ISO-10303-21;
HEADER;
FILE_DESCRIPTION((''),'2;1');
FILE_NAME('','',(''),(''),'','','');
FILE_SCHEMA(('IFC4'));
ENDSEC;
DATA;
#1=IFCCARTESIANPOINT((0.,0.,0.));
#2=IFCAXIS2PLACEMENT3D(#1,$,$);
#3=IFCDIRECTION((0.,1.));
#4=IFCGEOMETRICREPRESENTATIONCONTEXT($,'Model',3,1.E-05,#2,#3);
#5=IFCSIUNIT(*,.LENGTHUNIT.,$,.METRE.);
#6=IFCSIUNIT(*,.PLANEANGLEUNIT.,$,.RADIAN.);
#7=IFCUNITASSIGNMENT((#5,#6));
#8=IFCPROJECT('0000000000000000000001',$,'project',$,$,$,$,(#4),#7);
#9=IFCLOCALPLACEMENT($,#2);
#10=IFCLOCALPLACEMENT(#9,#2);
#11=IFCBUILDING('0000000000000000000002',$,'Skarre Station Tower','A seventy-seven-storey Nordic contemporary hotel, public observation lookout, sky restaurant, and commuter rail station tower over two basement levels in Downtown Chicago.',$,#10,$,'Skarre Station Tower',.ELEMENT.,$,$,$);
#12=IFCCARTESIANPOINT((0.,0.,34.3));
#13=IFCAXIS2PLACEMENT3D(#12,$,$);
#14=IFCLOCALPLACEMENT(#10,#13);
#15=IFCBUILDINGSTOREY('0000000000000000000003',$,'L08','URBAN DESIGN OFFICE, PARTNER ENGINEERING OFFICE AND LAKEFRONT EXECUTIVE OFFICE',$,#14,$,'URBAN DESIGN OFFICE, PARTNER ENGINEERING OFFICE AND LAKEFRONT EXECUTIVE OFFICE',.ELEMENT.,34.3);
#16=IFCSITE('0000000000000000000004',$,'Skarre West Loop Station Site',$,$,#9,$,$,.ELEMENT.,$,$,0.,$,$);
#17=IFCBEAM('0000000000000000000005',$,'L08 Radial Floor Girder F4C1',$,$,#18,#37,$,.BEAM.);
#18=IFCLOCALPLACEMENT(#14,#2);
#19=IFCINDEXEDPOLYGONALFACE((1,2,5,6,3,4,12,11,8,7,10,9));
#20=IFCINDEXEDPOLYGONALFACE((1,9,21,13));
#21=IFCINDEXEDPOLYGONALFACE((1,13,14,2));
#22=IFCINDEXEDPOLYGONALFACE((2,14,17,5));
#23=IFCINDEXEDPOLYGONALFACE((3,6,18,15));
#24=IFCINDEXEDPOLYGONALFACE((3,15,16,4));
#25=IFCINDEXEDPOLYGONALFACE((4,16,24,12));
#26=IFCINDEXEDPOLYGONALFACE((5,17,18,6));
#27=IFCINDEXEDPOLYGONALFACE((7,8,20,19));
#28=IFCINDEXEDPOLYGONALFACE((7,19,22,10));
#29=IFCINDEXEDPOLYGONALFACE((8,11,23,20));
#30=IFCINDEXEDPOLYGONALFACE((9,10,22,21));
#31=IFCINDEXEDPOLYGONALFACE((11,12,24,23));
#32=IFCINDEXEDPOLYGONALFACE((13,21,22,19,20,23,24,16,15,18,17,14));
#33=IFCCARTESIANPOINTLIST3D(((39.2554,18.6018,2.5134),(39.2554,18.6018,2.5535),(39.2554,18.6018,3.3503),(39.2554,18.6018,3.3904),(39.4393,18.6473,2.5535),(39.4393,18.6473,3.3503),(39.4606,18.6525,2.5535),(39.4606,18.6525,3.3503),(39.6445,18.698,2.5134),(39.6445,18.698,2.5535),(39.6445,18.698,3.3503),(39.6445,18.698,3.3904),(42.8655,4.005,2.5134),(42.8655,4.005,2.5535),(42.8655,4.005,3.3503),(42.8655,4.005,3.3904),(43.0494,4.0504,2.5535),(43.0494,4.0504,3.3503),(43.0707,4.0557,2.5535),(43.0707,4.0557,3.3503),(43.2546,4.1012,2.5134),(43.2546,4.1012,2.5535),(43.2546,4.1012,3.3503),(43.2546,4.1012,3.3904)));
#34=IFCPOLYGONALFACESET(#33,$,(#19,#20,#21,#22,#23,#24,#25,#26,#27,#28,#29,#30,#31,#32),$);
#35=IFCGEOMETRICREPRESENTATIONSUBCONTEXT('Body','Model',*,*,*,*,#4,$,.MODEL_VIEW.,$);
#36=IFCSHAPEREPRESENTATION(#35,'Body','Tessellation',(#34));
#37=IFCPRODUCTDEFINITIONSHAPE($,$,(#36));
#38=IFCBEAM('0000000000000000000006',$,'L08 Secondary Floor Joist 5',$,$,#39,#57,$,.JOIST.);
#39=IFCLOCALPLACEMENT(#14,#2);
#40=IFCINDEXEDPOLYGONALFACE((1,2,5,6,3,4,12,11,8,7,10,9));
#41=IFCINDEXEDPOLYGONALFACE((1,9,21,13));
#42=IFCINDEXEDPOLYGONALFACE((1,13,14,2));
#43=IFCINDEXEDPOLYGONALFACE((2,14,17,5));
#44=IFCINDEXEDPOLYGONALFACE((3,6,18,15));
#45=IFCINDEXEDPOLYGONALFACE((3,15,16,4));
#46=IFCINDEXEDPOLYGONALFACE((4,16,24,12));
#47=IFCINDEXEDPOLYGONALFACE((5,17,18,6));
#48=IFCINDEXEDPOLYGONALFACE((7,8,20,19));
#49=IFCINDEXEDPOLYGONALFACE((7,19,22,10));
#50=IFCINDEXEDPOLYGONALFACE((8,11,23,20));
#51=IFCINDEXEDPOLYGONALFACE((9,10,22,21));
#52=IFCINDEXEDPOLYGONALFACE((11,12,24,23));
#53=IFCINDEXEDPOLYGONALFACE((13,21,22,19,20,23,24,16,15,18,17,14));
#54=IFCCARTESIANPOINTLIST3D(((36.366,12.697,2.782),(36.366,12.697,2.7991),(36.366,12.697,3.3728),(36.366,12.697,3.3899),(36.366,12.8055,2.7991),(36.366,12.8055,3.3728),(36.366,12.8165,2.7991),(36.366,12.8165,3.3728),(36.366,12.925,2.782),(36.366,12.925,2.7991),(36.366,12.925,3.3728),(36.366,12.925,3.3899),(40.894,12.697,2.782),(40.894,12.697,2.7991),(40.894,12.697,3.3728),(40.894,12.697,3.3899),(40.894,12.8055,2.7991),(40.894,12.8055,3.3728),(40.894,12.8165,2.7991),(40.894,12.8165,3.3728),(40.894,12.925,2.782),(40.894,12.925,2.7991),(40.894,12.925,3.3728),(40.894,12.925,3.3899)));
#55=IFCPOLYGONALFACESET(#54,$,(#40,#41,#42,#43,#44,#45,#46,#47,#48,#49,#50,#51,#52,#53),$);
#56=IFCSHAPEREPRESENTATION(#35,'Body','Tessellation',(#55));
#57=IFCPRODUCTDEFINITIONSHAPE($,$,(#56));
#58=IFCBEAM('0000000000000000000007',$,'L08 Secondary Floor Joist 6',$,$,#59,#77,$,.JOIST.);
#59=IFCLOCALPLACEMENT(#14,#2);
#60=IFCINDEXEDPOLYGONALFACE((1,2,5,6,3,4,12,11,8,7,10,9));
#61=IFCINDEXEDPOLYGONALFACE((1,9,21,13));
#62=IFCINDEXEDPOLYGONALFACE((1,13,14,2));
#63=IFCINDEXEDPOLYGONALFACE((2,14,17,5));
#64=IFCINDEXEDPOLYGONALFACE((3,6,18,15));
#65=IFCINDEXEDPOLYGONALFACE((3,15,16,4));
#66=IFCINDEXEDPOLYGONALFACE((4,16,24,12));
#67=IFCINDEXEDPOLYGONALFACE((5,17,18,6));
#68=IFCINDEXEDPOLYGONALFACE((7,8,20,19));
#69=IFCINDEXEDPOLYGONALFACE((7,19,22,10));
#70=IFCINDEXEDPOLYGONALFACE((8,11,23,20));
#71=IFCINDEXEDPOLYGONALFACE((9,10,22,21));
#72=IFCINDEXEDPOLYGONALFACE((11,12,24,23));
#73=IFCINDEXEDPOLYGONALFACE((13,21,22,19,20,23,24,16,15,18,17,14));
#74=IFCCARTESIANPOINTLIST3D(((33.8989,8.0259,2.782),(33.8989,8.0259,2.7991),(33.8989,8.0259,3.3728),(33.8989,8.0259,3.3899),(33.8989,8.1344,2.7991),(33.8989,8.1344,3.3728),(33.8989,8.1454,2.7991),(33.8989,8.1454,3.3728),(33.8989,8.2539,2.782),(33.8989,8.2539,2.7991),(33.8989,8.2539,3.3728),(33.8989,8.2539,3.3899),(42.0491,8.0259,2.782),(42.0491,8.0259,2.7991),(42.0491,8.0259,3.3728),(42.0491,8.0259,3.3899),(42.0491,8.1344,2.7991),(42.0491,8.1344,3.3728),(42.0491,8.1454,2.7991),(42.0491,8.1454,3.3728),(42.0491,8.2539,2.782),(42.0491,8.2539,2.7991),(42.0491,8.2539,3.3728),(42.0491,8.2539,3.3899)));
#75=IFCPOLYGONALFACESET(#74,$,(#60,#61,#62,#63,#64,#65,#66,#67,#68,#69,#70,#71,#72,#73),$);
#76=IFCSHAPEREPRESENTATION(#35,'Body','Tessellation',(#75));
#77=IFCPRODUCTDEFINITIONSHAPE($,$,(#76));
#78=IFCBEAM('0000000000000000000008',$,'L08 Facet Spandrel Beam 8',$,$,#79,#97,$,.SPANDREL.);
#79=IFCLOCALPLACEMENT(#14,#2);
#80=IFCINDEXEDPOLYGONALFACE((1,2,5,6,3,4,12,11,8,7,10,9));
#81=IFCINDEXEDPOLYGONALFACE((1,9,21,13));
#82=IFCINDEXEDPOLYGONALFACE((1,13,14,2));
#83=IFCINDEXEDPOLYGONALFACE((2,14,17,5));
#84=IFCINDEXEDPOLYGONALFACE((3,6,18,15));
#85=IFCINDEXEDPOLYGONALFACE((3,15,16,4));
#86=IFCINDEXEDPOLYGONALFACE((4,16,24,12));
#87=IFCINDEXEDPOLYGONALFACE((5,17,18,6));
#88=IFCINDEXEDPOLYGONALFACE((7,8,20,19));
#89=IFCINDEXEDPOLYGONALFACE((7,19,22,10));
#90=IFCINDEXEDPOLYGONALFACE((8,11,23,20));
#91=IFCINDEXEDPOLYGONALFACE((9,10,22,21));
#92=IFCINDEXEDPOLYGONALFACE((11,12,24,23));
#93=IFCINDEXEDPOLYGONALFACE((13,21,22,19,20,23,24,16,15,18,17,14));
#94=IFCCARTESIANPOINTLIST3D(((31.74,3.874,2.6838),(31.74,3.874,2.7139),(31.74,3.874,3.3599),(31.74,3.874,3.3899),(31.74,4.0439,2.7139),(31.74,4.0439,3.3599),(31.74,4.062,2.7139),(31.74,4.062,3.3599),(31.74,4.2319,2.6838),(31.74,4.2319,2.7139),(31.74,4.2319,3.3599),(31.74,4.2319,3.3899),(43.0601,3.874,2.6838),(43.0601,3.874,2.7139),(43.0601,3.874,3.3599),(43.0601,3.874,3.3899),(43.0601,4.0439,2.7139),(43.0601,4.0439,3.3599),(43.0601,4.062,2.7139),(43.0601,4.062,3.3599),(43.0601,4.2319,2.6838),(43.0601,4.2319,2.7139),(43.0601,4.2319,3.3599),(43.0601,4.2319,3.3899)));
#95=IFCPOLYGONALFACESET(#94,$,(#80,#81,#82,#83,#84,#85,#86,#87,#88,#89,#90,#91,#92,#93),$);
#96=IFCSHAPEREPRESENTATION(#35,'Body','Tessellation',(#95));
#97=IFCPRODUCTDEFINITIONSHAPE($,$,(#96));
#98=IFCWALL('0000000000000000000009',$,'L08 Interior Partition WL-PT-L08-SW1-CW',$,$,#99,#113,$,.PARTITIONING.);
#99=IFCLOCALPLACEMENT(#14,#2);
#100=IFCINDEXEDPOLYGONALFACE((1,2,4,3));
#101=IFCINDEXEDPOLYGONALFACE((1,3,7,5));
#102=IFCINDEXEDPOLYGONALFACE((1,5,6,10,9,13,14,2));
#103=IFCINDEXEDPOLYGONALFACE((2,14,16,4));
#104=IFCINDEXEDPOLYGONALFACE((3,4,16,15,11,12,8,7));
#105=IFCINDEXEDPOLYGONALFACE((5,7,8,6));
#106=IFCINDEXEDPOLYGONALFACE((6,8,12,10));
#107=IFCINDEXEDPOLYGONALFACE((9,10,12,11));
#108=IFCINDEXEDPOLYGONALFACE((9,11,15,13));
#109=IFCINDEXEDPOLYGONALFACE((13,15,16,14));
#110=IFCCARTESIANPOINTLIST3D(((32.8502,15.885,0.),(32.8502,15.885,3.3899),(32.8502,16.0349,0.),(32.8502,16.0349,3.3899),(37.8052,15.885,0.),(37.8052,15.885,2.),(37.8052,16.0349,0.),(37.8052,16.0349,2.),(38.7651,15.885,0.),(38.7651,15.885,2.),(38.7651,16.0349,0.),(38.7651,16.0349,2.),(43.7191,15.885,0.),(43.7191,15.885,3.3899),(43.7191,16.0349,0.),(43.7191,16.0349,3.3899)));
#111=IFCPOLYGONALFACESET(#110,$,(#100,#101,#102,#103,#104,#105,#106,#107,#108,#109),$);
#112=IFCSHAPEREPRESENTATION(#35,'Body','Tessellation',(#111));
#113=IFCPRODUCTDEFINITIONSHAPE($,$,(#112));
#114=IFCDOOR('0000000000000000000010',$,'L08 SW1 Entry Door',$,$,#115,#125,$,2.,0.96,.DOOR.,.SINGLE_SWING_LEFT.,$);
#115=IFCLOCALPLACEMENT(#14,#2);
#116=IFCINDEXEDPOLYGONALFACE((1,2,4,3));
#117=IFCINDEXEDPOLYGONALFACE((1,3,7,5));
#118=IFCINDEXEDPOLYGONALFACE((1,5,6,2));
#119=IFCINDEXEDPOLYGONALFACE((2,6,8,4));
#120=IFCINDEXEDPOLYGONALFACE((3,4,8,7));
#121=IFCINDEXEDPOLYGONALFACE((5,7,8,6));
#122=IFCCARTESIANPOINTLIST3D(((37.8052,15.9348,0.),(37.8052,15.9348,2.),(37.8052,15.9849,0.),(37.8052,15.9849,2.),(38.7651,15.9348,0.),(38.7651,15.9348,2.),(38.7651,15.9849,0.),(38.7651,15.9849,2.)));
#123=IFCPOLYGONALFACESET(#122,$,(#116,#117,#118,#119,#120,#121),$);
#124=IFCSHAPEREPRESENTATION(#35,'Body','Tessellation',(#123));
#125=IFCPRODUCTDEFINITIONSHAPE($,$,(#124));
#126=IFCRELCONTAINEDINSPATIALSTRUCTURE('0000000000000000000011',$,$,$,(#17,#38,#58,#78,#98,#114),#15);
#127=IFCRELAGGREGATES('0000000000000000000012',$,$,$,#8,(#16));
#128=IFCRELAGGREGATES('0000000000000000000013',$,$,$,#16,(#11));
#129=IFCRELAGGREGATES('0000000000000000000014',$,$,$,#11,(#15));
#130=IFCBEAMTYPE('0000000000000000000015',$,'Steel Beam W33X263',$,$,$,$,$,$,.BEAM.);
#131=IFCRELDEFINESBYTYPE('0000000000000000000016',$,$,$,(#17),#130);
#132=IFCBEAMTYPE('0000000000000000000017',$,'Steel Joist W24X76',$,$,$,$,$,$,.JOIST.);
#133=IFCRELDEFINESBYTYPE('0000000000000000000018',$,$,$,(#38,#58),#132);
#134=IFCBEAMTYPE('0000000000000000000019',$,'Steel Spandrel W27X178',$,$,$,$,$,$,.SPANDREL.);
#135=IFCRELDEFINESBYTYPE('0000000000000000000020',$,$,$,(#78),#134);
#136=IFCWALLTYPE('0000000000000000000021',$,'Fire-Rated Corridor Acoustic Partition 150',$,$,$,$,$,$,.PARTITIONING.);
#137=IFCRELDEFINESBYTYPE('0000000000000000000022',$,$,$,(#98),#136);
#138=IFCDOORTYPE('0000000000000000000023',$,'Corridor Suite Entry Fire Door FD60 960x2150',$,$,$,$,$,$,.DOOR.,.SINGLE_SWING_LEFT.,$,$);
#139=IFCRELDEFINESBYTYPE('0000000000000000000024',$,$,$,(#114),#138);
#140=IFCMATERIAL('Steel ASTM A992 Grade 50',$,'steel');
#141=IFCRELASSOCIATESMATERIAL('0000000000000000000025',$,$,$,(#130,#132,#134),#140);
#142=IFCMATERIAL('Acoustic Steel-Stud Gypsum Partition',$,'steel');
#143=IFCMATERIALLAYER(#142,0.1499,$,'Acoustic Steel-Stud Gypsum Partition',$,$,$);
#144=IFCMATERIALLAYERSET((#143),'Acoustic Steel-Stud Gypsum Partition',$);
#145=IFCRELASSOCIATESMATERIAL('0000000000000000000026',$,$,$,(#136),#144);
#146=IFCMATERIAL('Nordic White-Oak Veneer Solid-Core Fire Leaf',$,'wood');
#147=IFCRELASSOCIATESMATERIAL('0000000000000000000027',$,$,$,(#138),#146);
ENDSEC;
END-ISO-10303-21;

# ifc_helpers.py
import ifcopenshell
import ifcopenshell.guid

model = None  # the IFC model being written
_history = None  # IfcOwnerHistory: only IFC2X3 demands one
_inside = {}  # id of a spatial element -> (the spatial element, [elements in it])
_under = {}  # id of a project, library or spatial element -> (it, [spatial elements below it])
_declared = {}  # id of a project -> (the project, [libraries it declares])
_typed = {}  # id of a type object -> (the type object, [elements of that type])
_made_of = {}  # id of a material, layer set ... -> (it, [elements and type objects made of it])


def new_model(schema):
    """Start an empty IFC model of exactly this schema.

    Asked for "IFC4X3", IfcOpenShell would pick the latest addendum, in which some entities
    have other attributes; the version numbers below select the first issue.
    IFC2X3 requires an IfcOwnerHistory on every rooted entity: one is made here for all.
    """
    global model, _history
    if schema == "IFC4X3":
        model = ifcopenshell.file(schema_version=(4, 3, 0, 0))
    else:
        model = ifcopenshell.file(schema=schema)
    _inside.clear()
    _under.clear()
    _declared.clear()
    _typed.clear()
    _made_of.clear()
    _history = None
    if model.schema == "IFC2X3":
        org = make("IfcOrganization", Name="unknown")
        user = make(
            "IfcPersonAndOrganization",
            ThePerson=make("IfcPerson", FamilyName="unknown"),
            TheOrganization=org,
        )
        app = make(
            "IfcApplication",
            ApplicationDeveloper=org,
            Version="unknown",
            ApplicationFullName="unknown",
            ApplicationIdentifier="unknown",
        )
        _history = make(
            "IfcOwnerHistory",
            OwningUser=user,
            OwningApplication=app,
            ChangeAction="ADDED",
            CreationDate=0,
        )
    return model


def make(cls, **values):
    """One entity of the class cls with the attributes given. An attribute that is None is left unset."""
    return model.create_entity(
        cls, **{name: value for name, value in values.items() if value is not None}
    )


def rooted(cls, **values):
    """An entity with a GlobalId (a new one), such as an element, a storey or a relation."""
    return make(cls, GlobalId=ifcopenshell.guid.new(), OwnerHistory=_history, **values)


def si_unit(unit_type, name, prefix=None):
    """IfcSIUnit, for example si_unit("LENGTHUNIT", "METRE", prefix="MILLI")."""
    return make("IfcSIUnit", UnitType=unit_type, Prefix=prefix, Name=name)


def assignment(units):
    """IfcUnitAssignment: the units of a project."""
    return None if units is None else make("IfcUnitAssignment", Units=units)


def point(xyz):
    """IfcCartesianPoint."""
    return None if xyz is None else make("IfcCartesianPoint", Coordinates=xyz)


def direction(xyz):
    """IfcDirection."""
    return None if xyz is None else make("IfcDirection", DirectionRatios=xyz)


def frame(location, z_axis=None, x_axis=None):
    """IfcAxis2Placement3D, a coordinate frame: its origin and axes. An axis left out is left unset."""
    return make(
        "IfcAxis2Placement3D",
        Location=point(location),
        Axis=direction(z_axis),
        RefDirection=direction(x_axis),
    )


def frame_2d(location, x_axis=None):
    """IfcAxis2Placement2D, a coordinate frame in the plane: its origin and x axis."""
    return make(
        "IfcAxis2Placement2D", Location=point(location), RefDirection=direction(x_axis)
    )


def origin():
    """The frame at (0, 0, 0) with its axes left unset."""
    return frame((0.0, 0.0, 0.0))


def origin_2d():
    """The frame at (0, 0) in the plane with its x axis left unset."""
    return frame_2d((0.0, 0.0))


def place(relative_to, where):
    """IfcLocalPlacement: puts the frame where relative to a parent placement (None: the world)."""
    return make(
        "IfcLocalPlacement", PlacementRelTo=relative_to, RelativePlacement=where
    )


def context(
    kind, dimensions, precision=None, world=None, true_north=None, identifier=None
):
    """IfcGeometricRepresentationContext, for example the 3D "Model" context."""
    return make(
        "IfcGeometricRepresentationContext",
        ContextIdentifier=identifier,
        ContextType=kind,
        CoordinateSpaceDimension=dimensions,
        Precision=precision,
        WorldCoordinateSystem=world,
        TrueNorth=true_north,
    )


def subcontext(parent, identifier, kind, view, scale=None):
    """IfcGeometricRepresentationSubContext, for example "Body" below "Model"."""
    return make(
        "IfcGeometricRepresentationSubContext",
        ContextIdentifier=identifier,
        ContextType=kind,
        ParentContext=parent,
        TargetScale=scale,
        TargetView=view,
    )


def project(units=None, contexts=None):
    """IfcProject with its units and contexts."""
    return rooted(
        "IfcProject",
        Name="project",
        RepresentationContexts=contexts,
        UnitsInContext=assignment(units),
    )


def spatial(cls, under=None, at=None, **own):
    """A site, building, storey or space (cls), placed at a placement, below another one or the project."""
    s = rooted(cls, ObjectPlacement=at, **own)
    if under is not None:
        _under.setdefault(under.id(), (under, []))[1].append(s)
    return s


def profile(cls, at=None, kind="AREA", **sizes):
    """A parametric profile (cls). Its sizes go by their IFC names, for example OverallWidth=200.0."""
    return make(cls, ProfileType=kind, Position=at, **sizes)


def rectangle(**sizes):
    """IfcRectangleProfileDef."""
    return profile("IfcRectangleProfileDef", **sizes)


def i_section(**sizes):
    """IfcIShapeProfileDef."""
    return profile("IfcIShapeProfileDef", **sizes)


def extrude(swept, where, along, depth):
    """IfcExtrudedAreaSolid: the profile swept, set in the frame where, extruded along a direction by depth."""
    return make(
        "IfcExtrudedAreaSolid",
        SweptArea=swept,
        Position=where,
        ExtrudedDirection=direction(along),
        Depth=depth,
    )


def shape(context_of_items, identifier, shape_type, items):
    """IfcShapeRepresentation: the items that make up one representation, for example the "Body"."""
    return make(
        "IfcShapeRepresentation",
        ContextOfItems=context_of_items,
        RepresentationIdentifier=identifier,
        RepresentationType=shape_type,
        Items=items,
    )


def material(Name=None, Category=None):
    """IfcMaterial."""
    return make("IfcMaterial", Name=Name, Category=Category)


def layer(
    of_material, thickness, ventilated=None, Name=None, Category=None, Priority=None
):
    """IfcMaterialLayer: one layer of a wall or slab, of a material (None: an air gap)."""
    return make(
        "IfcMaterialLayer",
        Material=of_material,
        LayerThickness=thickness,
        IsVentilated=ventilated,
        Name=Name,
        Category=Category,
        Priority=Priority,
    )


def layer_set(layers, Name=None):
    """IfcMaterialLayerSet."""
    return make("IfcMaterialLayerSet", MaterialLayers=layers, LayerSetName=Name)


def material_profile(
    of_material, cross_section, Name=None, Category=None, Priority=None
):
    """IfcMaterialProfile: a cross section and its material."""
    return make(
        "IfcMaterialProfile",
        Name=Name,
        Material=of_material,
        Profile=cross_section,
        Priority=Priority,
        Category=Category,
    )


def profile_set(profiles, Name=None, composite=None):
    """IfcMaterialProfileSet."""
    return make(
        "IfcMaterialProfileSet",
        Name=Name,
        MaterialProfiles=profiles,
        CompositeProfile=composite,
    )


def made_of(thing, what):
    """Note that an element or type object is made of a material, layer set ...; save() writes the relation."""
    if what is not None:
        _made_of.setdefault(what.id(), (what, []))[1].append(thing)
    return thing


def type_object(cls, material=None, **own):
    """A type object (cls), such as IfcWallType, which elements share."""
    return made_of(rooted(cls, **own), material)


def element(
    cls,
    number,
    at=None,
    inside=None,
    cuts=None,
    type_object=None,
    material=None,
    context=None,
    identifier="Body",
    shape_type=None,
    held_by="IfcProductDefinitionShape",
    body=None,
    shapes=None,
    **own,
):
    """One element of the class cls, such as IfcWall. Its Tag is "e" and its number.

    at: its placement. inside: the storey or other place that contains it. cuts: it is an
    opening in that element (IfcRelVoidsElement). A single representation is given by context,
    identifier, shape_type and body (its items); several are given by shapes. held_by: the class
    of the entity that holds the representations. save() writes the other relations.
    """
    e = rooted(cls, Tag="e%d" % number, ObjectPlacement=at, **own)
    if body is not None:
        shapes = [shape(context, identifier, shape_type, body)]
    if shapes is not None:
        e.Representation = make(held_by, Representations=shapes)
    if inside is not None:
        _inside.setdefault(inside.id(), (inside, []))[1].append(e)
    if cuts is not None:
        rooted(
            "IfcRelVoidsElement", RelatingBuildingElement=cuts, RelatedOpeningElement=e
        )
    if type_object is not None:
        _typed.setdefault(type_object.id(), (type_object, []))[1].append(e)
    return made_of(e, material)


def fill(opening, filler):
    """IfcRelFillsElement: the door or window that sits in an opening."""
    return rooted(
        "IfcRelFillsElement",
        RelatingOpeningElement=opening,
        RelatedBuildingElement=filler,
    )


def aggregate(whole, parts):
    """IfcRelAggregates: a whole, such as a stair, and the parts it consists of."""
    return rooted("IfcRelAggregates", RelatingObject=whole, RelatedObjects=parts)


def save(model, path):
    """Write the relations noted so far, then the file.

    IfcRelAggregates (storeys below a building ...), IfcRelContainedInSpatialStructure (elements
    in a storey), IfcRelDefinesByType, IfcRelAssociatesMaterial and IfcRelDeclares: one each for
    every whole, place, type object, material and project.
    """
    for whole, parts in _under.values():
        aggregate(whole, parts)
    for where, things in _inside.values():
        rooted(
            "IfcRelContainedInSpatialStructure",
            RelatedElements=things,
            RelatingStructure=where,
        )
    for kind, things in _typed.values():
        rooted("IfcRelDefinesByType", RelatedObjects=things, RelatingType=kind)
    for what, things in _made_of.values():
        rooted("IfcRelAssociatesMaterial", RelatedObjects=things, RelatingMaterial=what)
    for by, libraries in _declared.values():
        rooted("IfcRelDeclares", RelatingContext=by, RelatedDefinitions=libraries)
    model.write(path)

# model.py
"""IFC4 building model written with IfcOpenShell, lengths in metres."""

from ifc_helpers import new_model, si_unit, direction, frame, frame_2d, origin, origin_2d, place, context, subcontext, project, spatial, rectangle, i_section, extrude, material, layer, layer_set, material_profile, profile_set, type_object, element, fill, save


model = new_model("IFC4")

# Units and contexts
model_context = context("Model", 3, precision=1e-05, world=origin(), true_north=direction((0.0, 1.0)))
body_context = subcontext(model_context, "Body", "Model", "MODEL_VIEW")
ifc_project = project(units=[si_unit("LENGTHUNIT", "METRE"), si_unit("PLANEANGLEUNIT", "RADIAN")], contexts=[model_context])

# Site, building, storey
site_placement = place(None, origin())
site = spatial("IfcSite", under=ifc_project, at=site_placement, Name="Skarre West Loop Station Site", CompositionType="ELEMENT", RefElevation=0.0)
building_placement = place(site_placement, origin())
building = spatial("IfcBuilding", under=site, at=building_placement, Name="Skarre Station Tower", Description="A seventy-seven-storey Nordic contemporary hotel, public observation lookout, sky restaurant, and commuter rail station tower over two basement levels in Downtown Chicago.", LongName="Skarre Station Tower", CompositionType="ELEMENT")
storey_placement = place(building_placement, frame((0.0, 0.0, 34.3)))
storey = spatial("IfcBuildingStorey", under=building, at=storey_placement, Name="L08", Description="URBAN DESIGN OFFICE, PARTNER ENGINEERING OFFICE AND LAKEFRONT EXECUTIVE OFFICE", LongName="URBAN DESIGN OFFICE, PARTNER ENGINEERING OFFICE AND LAKEFRONT EXECUTIVE OFFICE", CompositionType="ELEMENT", Elevation=34.3)

# Beams
ifc_material_1 = material(Name="Steel ASTM A992 Grade 50", Category="steel")
ifc_material_profile_1 = material_profile(ifc_material_1, i_section(OverallWidth=0.4009, OverallDepth=0.877, WebThickness=0.022, FlangeThickness=0.04, at=origin_2d()), Name="Steel ASTM A992 Grade 50")
ifc_profile_set_1 = profile_set([ifc_material_profile_1], Name="Steel ASTM A992 Grade 50")
beam_type_1 = type_object("IfcBeamType", Name="Steel Beam W33X263", PredefinedType="BEAM", material=ifc_profile_set_1)
beam_1_placement = place(storey_placement, frame((39.45, 18.6499, 2.9519), z_axis=(0.240086, -0.970752, 0.0), x_axis=(0.970752, 0.240086, 0.0)))
element("IfcBeam", 1, at=beam_1_placement, inside=storey, type_object=beam_type_1, Name="L08 Radial Floor Girder F4C1", PredefinedType="BEAM", context=body_context, shape_type="SweptSolid", body=[
    extrude(i_section(OverallWidth=0.4009, OverallDepth=0.877, WebThickness=0.022, FlangeThickness=0.04, at=origin_2d()), origin(), (0.0, 0.0, 1.0), 15.0366),
])
ifc_material_profile_2 = material_profile(ifc_material_1, i_section(OverallWidth=0.228, OverallDepth=0.6079, WebThickness=0.011, FlangeThickness=0.0171, at=origin_2d()), Name="Steel ASTM A992 Grade 50")
ifc_profile_set_2 = profile_set([ifc_material_profile_2], Name="Steel ASTM A992 Grade 50")
beam_type_2 = type_object("IfcBeamType", Name="Steel Joist W24X76", PredefinedType="JOIST", material=ifc_profile_set_2)
beam_2_placement = place(storey_placement, frame((36.366, 12.811, 3.0859), z_axis=(1.0, 0.0, 0.0), x_axis=(0.0, 1.0, 0.0)))
element("IfcBeam", 2, at=beam_2_placement, inside=storey, type_object=beam_type_2, Name="L08 Secondary Floor Joist 5", PredefinedType="JOIST", context=body_context, shape_type="SweptSolid", body=[
    extrude(i_section(OverallWidth=0.228, OverallDepth=0.6079, WebThickness=0.011, FlangeThickness=0.0171, at=origin_2d()), origin(), (0.0, 0.0, 1.0), 4.5281),
])
beam_3_placement = place(storey_placement, frame((33.8989, 8.1399, 3.0859), z_axis=(1.0, 0.0, 0.0), x_axis=(0.0, 1.0, 0.0)))
element("IfcBeam", 3, at=beam_3_placement, inside=storey, type_object=beam_type_2, Name="L08 Secondary Floor Joist 6", PredefinedType="JOIST", context=body_context, shape_type="SweptSolid", body=[
    extrude(i_section(OverallWidth=0.228, OverallDepth=0.6079, WebThickness=0.011, FlangeThickness=0.0171, at=origin_2d()), origin(), (0.0, 0.0, 1.0), 8.1501),
])
ifc_material_profile_3 = material_profile(ifc_material_1, i_section(OverallWidth=0.3579, OverallDepth=0.7061, WebThickness=0.0181, FlangeThickness=0.03, at=origin_2d()), Name="Steel ASTM A992 Grade 50")
ifc_profile_set_3 = profile_set([ifc_material_profile_3], Name="Steel ASTM A992 Grade 50")
beam_type_3 = type_object("IfcBeamType", Name="Steel Spandrel W27X178", PredefinedType="SPANDREL", material=ifc_profile_set_3)
beam_4_placement = place(storey_placement, frame((31.74, 4.053, 3.0369), z_axis=(1.0, 0.0, 0.0), x_axis=(0.0, 1.0, 0.0)))
element("IfcBeam", 4, at=beam_4_placement, inside=storey, type_object=beam_type_3, Name="L08 Facet Spandrel Beam 8", PredefinedType="SPANDREL", context=body_context, shape_type="SweptSolid", body=[
    extrude(i_section(OverallWidth=0.3579, OverallDepth=0.7061, WebThickness=0.0181, FlangeThickness=0.03, at=origin_2d()), origin(), (0.0, 0.0, 1.0), 11.3201),
])

# Wall, opening, door
ifc_material_2 = material(Name="Acoustic Steel-Stud Gypsum Partition", Category="steel")
ifc_layer_1 = layer(ifc_material_2, 0.1499, Name="Acoustic Steel-Stud Gypsum Partition")
ifc_layer_set_1 = layer_set([ifc_layer_1], Name="Acoustic Steel-Stud Gypsum Partition")
wall_type_1 = type_object("IfcWallType", Name="Fire-Rated Corridor Acoustic Partition 150", PredefinedType="PARTITIONING", material=ifc_layer_set_1)
wall_1_placement = place(storey_placement, frame((32.8501, 15.96, 0.0), z_axis=(0.0, 0.0, 1.0), x_axis=(1.0, 0.0, 0.0)))
wall_1 = element("IfcWall", 5, at=wall_1_placement, inside=storey, type_object=wall_type_1, Name="L08 Interior Partition WL-PT-L08-SW1-CW", PredefinedType="PARTITIONING", context=body_context, shape_type="SweptSolid", body=[
    extrude(rectangle(XDim=10.8689, YDim=0.1499, at=frame_2d((5.4346, 0.0))), origin(), (0.0, 0.0, 1.0), 3.3899),
])
opening_1_placement = place(wall_1_placement, frame((4.9551, 0.0, 0.0)))
opening_1 = element("IfcOpeningElement", 6, at=opening_1_placement, cuts=wall_1, PredefinedType="OPENING", context=body_context, shape_type="SweptSolid", body=[
    extrude(rectangle(XDim=0.96, YDim=2.0, at=frame_2d((0.48, 1.0))), frame((0.0, 0.085, 0.0), z_axis=(0.0, -1.0, 0.0), x_axis=(1.0, 0.0, 0.0)), (0.0, 0.0, 1.0), 0.1699),
])
ifc_material_3 = material(Name="Nordic White-Oak Veneer Solid-Core Fire Leaf", Category="wood")
door_type_1 = type_object("IfcDoorType", Name="Corridor Suite Entry Fire Door FD60 960x2150", OperationType="SINGLE_SWING_LEFT", PredefinedType="DOOR", material=ifc_material_3)
door_1_placement = place(opening_1_placement, origin())
door_1 = element("IfcDoor", 7, at=door_1_placement, inside=storey, type_object=door_type_1, Name="L08 SW1 Entry Door", OperationType="SINGLE_SWING_LEFT", OverallHeight=2.0, OverallWidth=0.96, PredefinedType="DOOR", context=body_context, shape_type="SweptSolid", body=[
    extrude(rectangle(XDim=0.96, YDim=2.0, at=frame_2d((0.48, 1.0))), frame((0.0, 0.0249, 0.0), z_axis=(0.0, -1.0, 0.0), x_axis=(1.0, 0.0, 0.0)), (0.0, 0.0, 1.0), 0.05),
])
fill(opening_1, door_1)

save(model, "model.ifc")
